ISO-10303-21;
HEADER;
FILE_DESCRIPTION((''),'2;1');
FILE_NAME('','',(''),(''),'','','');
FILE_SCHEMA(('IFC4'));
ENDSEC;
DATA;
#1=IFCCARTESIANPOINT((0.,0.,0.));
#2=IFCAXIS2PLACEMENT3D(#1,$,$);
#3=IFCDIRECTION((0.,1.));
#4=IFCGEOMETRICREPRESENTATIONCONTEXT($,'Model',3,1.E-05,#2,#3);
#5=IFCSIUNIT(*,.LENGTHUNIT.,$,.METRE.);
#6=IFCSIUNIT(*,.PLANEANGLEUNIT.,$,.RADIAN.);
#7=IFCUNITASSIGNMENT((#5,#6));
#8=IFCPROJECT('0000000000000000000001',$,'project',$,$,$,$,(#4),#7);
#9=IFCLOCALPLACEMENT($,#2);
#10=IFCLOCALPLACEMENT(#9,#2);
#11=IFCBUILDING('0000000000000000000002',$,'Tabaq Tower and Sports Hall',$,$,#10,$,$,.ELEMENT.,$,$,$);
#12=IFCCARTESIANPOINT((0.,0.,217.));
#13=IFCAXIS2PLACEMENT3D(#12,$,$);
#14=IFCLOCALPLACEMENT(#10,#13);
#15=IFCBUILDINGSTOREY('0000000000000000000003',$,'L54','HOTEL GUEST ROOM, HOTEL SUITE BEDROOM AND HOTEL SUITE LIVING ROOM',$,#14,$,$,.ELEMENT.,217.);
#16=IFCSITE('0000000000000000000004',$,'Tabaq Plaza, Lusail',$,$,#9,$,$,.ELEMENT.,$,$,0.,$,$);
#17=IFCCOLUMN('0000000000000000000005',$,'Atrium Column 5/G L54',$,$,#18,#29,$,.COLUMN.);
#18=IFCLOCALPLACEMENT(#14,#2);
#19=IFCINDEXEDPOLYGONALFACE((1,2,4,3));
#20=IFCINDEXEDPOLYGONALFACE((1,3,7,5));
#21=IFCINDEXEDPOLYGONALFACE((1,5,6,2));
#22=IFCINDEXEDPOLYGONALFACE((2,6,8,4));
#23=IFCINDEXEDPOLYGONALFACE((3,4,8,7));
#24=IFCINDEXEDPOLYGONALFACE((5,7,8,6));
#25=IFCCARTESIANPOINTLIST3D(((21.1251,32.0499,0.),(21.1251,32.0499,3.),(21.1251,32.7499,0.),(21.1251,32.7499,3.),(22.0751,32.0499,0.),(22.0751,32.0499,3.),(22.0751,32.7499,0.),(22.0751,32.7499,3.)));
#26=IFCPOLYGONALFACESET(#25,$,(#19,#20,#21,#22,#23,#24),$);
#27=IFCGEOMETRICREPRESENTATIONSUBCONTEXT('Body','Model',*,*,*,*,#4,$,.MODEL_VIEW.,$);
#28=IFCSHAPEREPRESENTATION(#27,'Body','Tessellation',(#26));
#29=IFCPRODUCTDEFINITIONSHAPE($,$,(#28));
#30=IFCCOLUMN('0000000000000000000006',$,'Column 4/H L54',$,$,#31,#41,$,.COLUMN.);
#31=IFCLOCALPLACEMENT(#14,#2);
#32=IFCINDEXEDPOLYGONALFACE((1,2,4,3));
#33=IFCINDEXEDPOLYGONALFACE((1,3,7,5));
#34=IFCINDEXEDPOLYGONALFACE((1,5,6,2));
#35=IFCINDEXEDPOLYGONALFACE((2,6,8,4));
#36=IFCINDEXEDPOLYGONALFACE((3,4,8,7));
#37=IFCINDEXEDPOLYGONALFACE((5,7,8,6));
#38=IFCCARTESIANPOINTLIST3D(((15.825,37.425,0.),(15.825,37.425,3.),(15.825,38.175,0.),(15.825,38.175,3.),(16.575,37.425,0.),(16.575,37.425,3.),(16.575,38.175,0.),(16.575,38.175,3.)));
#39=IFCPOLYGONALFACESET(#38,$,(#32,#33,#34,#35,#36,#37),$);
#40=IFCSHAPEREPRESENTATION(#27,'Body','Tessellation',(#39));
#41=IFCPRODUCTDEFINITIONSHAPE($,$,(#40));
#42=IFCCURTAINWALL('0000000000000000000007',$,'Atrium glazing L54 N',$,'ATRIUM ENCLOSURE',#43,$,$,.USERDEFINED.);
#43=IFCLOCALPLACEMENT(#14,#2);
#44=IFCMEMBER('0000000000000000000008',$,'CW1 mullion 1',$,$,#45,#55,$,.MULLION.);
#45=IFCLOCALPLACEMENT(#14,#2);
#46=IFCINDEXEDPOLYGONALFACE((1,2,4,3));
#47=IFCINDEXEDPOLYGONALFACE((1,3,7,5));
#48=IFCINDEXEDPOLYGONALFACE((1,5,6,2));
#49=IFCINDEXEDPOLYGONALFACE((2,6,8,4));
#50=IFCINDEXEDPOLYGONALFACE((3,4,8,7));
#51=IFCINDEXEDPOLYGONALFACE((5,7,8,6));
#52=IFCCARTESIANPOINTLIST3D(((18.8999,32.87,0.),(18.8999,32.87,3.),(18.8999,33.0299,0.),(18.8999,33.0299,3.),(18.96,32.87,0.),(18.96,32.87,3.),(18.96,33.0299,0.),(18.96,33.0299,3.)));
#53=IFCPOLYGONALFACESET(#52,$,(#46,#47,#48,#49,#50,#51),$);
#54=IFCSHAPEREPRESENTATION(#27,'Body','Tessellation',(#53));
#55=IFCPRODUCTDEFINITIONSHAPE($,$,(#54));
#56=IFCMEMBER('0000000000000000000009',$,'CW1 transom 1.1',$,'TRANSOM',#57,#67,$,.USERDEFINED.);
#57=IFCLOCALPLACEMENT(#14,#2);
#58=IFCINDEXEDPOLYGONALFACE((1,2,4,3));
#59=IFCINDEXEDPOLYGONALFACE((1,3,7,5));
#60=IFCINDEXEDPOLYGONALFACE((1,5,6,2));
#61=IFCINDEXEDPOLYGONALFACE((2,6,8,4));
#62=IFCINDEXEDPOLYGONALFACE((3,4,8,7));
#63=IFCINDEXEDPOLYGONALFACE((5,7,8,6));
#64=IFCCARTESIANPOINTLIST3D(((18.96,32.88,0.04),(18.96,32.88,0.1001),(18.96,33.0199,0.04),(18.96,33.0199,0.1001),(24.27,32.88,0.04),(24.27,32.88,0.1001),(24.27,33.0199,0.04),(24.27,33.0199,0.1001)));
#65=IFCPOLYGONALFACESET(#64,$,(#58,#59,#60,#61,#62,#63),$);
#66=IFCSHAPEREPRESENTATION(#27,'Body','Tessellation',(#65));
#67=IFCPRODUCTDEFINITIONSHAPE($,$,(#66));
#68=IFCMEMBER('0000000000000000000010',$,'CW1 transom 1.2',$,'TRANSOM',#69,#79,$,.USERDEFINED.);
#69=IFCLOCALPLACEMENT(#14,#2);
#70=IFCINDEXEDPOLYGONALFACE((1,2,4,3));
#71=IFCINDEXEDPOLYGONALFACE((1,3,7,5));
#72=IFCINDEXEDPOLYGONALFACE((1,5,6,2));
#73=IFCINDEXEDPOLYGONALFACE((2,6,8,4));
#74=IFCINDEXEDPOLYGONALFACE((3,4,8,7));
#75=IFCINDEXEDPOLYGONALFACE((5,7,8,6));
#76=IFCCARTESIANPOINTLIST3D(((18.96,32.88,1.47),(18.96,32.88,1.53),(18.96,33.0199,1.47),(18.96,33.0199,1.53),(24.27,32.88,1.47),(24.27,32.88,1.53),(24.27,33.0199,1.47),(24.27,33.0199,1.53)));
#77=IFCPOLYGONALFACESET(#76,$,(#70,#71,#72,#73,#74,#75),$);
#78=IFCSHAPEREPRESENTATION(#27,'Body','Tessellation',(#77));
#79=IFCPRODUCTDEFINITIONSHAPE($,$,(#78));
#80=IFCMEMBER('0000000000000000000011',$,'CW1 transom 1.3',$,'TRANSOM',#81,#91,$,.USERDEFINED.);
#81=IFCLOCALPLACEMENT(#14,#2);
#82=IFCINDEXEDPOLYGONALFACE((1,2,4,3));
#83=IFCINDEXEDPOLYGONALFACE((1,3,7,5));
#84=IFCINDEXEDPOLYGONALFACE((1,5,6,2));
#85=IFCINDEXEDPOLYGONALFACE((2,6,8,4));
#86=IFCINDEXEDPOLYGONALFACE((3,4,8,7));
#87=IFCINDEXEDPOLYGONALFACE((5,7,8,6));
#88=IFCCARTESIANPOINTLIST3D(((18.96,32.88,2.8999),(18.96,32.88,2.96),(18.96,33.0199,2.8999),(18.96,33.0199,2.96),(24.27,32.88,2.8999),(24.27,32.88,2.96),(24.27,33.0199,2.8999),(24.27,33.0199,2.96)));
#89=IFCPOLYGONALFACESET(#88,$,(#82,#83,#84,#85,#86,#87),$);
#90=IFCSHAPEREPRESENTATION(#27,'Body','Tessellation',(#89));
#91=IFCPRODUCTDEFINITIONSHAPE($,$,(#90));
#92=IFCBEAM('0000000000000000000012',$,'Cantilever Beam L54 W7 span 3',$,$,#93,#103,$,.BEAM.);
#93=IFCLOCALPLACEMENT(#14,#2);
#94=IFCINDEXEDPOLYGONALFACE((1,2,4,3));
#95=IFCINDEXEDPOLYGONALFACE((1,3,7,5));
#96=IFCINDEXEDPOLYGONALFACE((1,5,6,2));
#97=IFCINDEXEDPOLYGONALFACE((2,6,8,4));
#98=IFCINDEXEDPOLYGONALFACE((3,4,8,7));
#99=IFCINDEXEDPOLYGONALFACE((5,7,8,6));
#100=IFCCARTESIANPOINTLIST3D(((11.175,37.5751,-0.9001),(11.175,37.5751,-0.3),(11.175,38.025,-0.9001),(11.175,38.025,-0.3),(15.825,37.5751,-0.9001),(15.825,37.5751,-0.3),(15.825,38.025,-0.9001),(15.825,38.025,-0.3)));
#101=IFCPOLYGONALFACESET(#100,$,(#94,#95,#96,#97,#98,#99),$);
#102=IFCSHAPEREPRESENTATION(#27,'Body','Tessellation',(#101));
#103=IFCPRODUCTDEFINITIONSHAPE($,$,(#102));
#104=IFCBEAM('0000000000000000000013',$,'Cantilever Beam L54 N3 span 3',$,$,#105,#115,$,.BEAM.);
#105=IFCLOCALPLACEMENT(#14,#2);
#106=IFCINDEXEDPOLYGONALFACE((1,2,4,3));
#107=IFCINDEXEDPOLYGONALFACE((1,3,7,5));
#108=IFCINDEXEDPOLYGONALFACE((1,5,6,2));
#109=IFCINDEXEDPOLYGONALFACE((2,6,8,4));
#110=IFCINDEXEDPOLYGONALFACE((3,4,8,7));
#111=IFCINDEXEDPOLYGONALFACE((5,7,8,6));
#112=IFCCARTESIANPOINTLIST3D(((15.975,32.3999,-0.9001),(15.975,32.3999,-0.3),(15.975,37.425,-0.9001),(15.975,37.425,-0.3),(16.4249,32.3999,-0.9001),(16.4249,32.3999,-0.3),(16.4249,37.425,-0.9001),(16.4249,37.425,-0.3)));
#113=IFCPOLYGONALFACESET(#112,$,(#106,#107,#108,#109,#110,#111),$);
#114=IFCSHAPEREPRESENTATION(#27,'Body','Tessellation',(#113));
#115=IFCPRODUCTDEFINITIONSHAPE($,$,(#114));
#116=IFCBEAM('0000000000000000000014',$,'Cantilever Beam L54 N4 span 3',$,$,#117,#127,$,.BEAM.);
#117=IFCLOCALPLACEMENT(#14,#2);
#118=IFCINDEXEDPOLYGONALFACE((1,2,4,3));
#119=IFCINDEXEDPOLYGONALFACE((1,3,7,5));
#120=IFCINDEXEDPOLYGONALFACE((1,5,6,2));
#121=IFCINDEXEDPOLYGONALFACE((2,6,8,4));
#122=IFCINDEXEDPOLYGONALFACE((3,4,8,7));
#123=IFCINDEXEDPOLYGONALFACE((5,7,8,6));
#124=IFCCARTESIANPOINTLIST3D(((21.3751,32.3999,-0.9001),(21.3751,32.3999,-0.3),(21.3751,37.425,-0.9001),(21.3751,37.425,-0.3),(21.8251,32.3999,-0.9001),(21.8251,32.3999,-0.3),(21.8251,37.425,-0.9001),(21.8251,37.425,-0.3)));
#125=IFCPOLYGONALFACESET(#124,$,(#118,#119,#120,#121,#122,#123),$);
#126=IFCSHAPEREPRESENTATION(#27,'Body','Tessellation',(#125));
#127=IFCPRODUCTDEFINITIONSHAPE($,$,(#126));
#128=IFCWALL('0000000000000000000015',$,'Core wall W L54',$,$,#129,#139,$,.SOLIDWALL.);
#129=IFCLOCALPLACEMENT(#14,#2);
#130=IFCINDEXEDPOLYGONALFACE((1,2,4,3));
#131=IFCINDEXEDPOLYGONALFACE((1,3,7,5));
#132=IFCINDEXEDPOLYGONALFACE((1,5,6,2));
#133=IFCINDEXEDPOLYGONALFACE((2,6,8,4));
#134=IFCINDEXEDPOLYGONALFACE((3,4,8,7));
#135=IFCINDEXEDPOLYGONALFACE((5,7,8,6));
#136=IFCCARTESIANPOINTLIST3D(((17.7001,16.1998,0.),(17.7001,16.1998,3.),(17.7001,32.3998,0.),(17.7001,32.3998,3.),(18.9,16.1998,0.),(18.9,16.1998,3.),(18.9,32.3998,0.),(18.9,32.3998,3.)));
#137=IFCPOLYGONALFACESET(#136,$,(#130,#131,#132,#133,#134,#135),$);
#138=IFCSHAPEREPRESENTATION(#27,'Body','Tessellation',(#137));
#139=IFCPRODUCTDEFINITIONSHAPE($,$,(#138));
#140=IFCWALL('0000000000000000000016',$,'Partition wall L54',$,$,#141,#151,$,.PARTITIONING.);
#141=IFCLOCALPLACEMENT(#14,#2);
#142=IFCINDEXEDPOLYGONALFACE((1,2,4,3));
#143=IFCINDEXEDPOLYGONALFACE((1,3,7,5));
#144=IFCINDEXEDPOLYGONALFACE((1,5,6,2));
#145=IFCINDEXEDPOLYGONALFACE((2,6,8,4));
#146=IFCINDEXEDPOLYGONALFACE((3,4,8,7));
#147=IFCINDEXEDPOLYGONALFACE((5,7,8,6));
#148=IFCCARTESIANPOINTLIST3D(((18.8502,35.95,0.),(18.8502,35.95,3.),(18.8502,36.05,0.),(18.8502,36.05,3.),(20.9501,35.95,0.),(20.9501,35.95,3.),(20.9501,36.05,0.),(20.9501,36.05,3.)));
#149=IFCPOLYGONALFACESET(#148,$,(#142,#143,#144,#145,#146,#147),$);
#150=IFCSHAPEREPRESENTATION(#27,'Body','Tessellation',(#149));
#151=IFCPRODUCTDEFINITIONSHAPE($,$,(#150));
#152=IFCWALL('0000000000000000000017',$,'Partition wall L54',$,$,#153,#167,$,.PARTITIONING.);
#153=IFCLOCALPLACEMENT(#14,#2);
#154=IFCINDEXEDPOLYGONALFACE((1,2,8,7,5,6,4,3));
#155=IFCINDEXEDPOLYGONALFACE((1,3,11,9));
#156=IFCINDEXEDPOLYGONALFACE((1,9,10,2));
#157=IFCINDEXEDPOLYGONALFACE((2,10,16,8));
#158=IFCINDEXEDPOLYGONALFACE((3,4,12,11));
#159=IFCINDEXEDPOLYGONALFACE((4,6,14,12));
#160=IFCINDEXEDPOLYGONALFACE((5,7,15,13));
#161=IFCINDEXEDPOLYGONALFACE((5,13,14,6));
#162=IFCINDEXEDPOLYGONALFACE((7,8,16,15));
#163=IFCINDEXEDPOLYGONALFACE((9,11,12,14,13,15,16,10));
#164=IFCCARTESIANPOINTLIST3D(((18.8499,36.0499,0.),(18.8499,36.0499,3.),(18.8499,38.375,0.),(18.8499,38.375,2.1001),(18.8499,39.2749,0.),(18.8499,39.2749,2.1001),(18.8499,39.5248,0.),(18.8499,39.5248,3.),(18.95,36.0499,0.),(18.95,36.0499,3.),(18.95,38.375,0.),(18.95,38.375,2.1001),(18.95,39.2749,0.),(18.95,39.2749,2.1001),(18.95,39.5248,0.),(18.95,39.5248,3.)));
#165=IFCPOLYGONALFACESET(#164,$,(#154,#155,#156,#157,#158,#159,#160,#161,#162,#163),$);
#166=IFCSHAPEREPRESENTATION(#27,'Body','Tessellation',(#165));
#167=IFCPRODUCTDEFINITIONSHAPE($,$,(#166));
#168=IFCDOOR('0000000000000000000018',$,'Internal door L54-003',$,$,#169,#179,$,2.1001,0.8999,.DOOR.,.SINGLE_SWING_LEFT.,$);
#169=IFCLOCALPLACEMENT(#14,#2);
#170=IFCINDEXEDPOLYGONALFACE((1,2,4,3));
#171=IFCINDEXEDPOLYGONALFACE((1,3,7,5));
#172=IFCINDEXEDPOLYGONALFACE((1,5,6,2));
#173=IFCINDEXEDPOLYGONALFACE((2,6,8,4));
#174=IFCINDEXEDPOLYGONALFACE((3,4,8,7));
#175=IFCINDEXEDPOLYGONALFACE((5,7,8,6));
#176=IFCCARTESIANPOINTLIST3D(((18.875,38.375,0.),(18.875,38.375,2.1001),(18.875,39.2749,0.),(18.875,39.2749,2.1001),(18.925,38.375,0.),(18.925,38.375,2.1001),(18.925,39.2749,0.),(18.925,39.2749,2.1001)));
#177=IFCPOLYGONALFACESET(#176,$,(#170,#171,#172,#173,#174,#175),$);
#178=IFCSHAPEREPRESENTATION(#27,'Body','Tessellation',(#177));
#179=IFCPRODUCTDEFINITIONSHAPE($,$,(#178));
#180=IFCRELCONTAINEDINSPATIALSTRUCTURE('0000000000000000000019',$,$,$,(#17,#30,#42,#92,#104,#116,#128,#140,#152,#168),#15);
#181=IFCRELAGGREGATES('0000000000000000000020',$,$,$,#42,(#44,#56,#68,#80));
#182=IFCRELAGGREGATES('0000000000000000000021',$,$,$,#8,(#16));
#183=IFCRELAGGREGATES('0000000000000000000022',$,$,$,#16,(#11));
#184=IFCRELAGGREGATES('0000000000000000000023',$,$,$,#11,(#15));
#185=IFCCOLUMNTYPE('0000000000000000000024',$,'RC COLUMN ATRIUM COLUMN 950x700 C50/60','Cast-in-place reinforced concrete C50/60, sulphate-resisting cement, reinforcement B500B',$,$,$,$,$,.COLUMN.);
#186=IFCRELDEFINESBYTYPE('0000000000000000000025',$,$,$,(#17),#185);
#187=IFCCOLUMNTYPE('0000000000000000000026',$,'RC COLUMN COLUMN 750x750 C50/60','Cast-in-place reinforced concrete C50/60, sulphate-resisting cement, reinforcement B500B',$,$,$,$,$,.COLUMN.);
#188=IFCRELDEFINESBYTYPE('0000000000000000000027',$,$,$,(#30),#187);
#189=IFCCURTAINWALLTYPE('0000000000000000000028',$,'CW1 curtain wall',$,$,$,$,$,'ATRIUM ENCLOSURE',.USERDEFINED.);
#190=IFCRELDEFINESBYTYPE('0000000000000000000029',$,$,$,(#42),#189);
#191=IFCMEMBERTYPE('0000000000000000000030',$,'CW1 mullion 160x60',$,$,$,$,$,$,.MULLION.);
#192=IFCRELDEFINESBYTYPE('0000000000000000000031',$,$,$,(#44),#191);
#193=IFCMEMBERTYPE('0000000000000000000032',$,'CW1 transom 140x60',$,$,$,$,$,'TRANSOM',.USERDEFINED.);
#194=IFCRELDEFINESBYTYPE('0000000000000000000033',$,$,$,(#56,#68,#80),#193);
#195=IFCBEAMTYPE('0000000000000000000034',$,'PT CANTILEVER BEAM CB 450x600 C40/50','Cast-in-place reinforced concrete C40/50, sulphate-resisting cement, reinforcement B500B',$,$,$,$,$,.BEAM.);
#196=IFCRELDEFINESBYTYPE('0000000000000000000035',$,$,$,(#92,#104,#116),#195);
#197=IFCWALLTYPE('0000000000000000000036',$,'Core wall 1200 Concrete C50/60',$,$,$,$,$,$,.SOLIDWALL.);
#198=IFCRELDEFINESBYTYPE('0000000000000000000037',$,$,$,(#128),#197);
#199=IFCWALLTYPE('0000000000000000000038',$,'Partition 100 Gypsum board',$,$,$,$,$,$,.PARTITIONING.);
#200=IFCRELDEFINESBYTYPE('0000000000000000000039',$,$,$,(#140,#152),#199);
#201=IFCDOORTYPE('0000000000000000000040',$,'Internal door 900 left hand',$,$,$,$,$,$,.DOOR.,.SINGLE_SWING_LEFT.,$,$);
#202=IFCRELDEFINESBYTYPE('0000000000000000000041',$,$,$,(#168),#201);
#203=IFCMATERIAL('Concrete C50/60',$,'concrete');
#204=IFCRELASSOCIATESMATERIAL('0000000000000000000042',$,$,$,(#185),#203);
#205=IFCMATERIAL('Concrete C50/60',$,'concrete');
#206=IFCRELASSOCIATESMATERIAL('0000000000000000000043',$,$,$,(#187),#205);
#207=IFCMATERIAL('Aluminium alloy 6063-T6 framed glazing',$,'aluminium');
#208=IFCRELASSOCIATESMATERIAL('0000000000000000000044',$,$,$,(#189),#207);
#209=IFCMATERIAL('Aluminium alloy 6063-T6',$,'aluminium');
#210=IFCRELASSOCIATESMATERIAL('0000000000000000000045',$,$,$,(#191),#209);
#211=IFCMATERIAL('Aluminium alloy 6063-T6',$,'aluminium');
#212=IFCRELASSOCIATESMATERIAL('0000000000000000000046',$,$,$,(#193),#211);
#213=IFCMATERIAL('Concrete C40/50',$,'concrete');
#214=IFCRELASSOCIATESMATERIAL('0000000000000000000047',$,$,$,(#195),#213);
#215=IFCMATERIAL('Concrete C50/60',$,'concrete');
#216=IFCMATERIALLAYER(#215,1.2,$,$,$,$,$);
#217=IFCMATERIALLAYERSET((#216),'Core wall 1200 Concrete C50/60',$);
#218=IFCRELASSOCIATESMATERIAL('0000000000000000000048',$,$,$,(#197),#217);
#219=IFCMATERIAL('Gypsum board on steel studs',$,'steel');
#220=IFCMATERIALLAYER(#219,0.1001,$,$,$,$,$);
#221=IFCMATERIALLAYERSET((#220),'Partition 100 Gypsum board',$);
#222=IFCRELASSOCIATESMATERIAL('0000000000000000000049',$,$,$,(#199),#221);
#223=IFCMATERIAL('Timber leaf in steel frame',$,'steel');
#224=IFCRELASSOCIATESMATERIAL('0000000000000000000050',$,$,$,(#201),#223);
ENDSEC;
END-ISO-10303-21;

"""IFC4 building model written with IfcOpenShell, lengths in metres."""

from ifc_helpers import new_model, si_unit, direction, frame, frame_2d, origin, origin_2d, place, context, subcontext, project, spatial, rectangle, extrude, material, layer, layer_set, material_profile, profile_set, type_object, element, fill, aggregate, save


model = new_model("IFC4")

# Units and contexts
model_context = context("Model", 3, precision=1e-05, world=origin(), true_north=direction((0.0, 1.0)))
body_context = subcontext(model_context, "Body", "Model", "MODEL_VIEW")
ifc_project = project(units=[si_unit("LENGTHUNIT", "METRE"), si_unit("PLANEANGLEUNIT", "RADIAN")], contexts=[model_context])

# Site, building, storey
site_placement = place(None, origin())
site = spatial("IfcSite", under=ifc_project, at=site_placement, Name="Tabaq Plaza, Lusail", CompositionType="ELEMENT", RefElevation=0.0)
building_placement = place(site_placement, origin())
building = spatial("IfcBuilding", under=site, at=building_placement, Name="Tabaq Tower and Sports Hall", CompositionType="ELEMENT")
storey_placement = place(building_placement, frame((0.0, 0.0, 217.0)))
storey = spatial("IfcBuildingStorey", under=building, at=storey_placement, Name="L54", Description="HOTEL GUEST ROOM, HOTEL SUITE BEDROOM AND HOTEL SUITE LIVING ROOM", CompositionType="ELEMENT", Elevation=217.0)

# Columns
ifc_material_1 = material(Name="Concrete C50/60", Category="concrete")
ifc_material_profile_1 = material_profile(ifc_material_1, rectangle(XDim=0.95, YDim=0.7, at=origin_2d()), Name="ATRIUM COLUMN 950x700")
ifc_profile_set_1 = profile_set([ifc_material_profile_1], Name="Concrete C50/60")
column_type_1 = type_object("IfcColumnType", Name="RC COLUMN ATRIUM COLUMN 950x700 C50/60", Description="Cast-in-place reinforced concrete C50/60, sulphate-resisting cement, reinforcement B500B", PredefinedType="COLUMN", material=ifc_profile_set_1)
column_1_placement = place(storey_placement, frame((21.6001, 32.3999, 0.0), z_axis=(0.0, 0.0, 1.0), x_axis=(1.0, 0.0, 0.0)))
element("IfcColumn", 1, at=column_1_placement, inside=storey, type_object=column_type_1, Name="Atrium Column 5/G L54", PredefinedType="COLUMN", context=body_context, shape_type="SweptSolid", body=[
    extrude(rectangle(XDim=0.95, YDim=0.7, at=origin_2d()), origin(), (0.0, 0.0, 1.0), 3.0),
])
ifc_material_2 = material(Name="Concrete C50/60", Category="concrete")
ifc_material_profile_2 = material_profile(ifc_material_2, rectangle(XDim=0.75, YDim=0.75, at=origin_2d()), Name="COLUMN 750x750")
ifc_profile_set_2 = profile_set([ifc_material_profile_2], Name="Concrete C50/60")
column_type_2 = type_object("IfcColumnType", Name="RC COLUMN COLUMN 750x750 C50/60", Description="Cast-in-place reinforced concrete C50/60, sulphate-resisting cement, reinforcement B500B", PredefinedType="COLUMN", material=ifc_profile_set_2)
column_2_placement = place(storey_placement, frame((16.2, 37.8, 0.0), z_axis=(0.0, 0.0, 1.0), x_axis=(1.0, 0.0, 0.0)))
element("IfcColumn", 2, at=column_2_placement, inside=storey, type_object=column_type_2, Name="Column 4/H L54", PredefinedType="COLUMN", context=body_context, shape_type="SweptSolid", body=[
    extrude(rectangle(XDim=0.75, YDim=0.75, at=origin_2d()), origin(), (0.0, 0.0, 1.0), 3.0),
])

# Curtain wall, members
ifc_material_3 = material(Name="Aluminium alloy 6063-T6 framed glazing", Category="aluminium")
curtain_wall_type = type_object("IfcCurtainWallType", Name="CW1 curtain wall", ElementType="ATRIUM ENCLOSURE", PredefinedType="USERDEFINED", material=ifc_material_3)
curtain_wall_placement = place(storey_placement, origin())
curtain_wall = element("IfcCurtainWall", 3, at=curtain_wall_placement, inside=storey, type_object=curtain_wall_type, Name="Atrium glazing L54 N", ObjectType="ATRIUM ENCLOSURE", PredefinedType="USERDEFINED")
ifc_material_4 = material(Name="Aluminium alloy 6063-T6", Category="aluminium")
ifc_material_profile_3 = material_profile(ifc_material_4, rectangle(XDim=0.1599, YDim=0.0601, at=origin_2d()), Name="MULLION 160x60")
ifc_profile_set_3 = profile_set([ifc_material_profile_3], Name="Aluminium alloy 6063-T6")
member_type_1 = type_object("IfcMemberType", Name="CW1 mullion 160x60", PredefinedType="MULLION", material=ifc_profile_set_3)
member_1_placement = place(storey_placement, frame((18.9299, 32.95, 0.0), z_axis=(0.0, 0.0, 1.0), x_axis=(0.0, 1.0, 0.0)))
member_1 = element("IfcMember", 4, at=member_1_placement, type_object=member_type_1, Name="CW1 mullion 1", PredefinedType="MULLION", context=body_context, shape_type="SweptSolid", body=[
    extrude(rectangle(XDim=0.1599, YDim=0.0601, at=origin_2d()), origin(), (0.0, 0.0, 1.0), 3.0),
])
ifc_material_5 = material(Name="Aluminium alloy 6063-T6", Category="aluminium")
ifc_material_profile_4 = material_profile(ifc_material_5, rectangle(XDim=0.1399, YDim=0.0601, at=origin_2d()), Name="TRANSOM 140x60")
ifc_profile_set_4 = profile_set([ifc_material_profile_4], Name="Aluminium alloy 6063-T6")
member_type_2 = type_object("IfcMemberType", Name="CW1 transom 140x60", ElementType="TRANSOM", PredefinedType="USERDEFINED", material=ifc_profile_set_4)
member_2_placement = place(storey_placement, frame((18.96, 32.95, 0.0701), z_axis=(1.0, 0.0, 0.0), x_axis=(0.0, 1.0, 0.0)))
member_2 = element("IfcMember", 5, at=member_2_placement, type_object=member_type_2, Name="CW1 transom 1.1", ObjectType="TRANSOM", PredefinedType="USERDEFINED", context=body_context, shape_type="SweptSolid", body=[
    extrude(rectangle(XDim=0.1399, YDim=0.0601, at=origin_2d()), origin(), (0.0, 0.0, 1.0), 5.3101),
])
member_3_placement = place(storey_placement, frame((18.96, 32.95, 1.5), z_axis=(1.0, 0.0, 0.0), x_axis=(0.0, 1.0, 0.0)))
member_3 = element("IfcMember", 6, at=member_3_placement, type_object=member_type_2, Name="CW1 transom 1.2", ObjectType="TRANSOM", PredefinedType="USERDEFINED", context=body_context, shape_type="SweptSolid", body=[
    extrude(rectangle(XDim=0.1399, YDim=0.0601, at=origin_2d()), origin(), (0.0, 0.0, 1.0), 5.3101),
])
member_4_placement = place(storey_placement, frame((18.96, 32.95, 2.9299), z_axis=(1.0, 0.0, 0.0), x_axis=(0.0, 1.0, 0.0)))
member_4 = element("IfcMember", 7, at=member_4_placement, type_object=member_type_2, Name="CW1 transom 1.3", ObjectType="TRANSOM", PredefinedType="USERDEFINED", context=body_context, shape_type="SweptSolid", body=[
    extrude(rectangle(XDim=0.1399, YDim=0.0601, at=origin_2d()), origin(), (0.0, 0.0, 1.0), 5.3101),
])
aggregate(curtain_wall, [member_1, member_2, member_3, member_4])

# Beams
ifc_material_6 = material(Name="Concrete C40/50", Category="concrete")
ifc_material_profile_5 = material_profile(ifc_material_6, rectangle(XDim=0.45, YDim=0.6001, at=origin_2d()), Name="CB 450x600")
ifc_profile_set_5 = profile_set([ifc_material_profile_5], Name="Concrete C40/50")
beam_type = type_object("IfcBeamType", Name="PT CANTILEVER BEAM CB 450x600 C40/50", Description="Cast-in-place reinforced concrete C40/50, sulphate-resisting cement, reinforcement B500B", PredefinedType="BEAM", material=ifc_profile_set_5)
beam_placement = place(storey_placement, frame((11.175, 37.8, -0.6001), z_axis=(1.0, 0.0, 0.0), x_axis=(0.0, 1.0, 0.0)))
element("IfcBeam", 8, at=beam_placement, inside=storey, type_object=beam_type, Name="Cantilever Beam L54 W7 span 3", PredefinedType="BEAM", context=body_context, shape_type="SweptSolid", body=[
    extrude(rectangle(XDim=0.45, YDim=0.6001, at=origin_2d()), origin(), (0.0, 0.0, 1.0), 4.6499),
])
for number, where, z_axis, x_axis, name in (
    (9, (16.2, 37.425, -0.6001), (0.0, -1.0, 0.0), (1.0, 0.0, 0.0), "Cantilever Beam L54 N3 span 3"),
    (10, (21.6001, 37.425, -0.6001), (0.0, -1.0, 0.0), (1.0, 0.0, 0.0), "Cantilever Beam L54 N4 span 3"),
):
    element("IfcBeam", number, at=place(storey_placement, frame(where, z_axis=z_axis, x_axis=x_axis)), inside=storey, type_object=beam_type, Name=name, PredefinedType="BEAM", context=body_context, shape_type="SweptSolid", body=[
        extrude(rectangle(XDim=0.45, YDim=0.6001, at=origin_2d()), origin(), (0.0, 0.0, 1.0), 5.0251),
    ])

# Walls
ifc_material_7 = material(Name="Concrete C50/60", Category="concrete")
ifc_layer_1 = layer(ifc_material_7, 1.2)
ifc_layer_set_1 = layer_set([ifc_layer_1], Name="Core wall 1200 Concrete C50/60")
wall_type_1 = type_object("IfcWallType", Name="Core wall 1200 Concrete C50/60", PredefinedType="SOLIDWALL", material=ifc_layer_set_1)
wall_1_placement = place(storey_placement, frame((18.3, 32.3999, 0.0), z_axis=(0.0, 0.0, 1.0), x_axis=(0.0, -1.0, 0.0)))
element("IfcWall", 11, at=wall_1_placement, inside=storey, type_object=wall_type_1, Name="Core wall W L54", PredefinedType="SOLIDWALL", context=body_context, shape_type="SweptSolid", body=[
    extrude(rectangle(XDim=16.2, YDim=1.2, at=frame_2d((8.1001, 0.0))), origin(), (0.0, 0.0, 1.0), 3.0),
])
ifc_material_8 = material(Name="Gypsum board on steel studs", Category="steel")
ifc_layer_2 = layer(ifc_material_8, 0.1001)
ifc_layer_set_2 = layer_set([ifc_layer_2], Name="Partition 100 Gypsum board")
wall_type_2 = type_object("IfcWallType", Name="Partition 100 Gypsum board", PredefinedType="PARTITIONING", material=ifc_layer_set_2)
wall_2_placement = place(storey_placement, frame((20.95, 36.0, 0.0), z_axis=(0.0, 0.0, 1.0), x_axis=(-1.0, 0.0, 0.0)))
element("IfcWall", 12, at=wall_2_placement, inside=storey, type_object=wall_type_2, Name="Partition wall L54", PredefinedType="PARTITIONING", context=body_context, shape_type="SweptSolid", body=[
    extrude(rectangle(XDim=2.0999, YDim=0.1001, at=frame_2d((1.0498, 0.0))), origin(), (0.0, 0.0, 1.0), 3.0),
])

# Wall, opening, door
wall_3_placement = place(storey_placement, frame((18.8999, 36.05, 0.0), z_axis=(0.0, 0.0, 1.0), x_axis=(0.0, 1.0, 0.0)))
wall_3 = element("IfcWall", 13, at=wall_3_placement, inside=storey, type_object=wall_type_2, Name="Partition wall L54", PredefinedType="PARTITIONING", context=body_context, shape_type="SweptSolid", body=[
    extrude(rectangle(XDim=3.4749, YDim=0.1001, at=frame_2d((1.7373, 0.0))), origin(), (0.0, 0.0, 1.0), 3.0),
])
opening_1_placement = place(wall_3_placement, frame((2.325, 0.0, 0.0)))
opening_1 = element("IfcOpeningElement", 14, at=opening_1_placement, cuts=wall_3, PredefinedType="OPENING", context=body_context, shape_type="SweptSolid", body=[
    extrude(rectangle(XDim=0.8999, YDim=2.1001, at=frame_2d((0.45, 1.05))), frame((0.0, 0.05, 0.0), z_axis=(0.0, -1.0, 0.0), x_axis=(1.0, 0.0, 0.0)), (0.0, 0.0, 1.0), 0.1001),
])
ifc_material_9 = material(Name="Timber leaf in steel frame", Category="steel")
door_type_1 = type_object("IfcDoorType", Name="Internal door 900 left hand", OperationType="SINGLE_SWING_LEFT", PredefinedType="DOOR", material=ifc_material_9)
door_1_placement = place(opening_1_placement, origin())
door_1 = element("IfcDoor", 15, at=door_1_placement, inside=storey, type_object=door_type_1, Name="Internal door L54-003", OperationType="SINGLE_SWING_LEFT", OverallHeight=2.1001, OverallWidth=0.8999, PredefinedType="DOOR", context=body_context, shape_type="SweptSolid", body=[
    extrude(rectangle(XDim=0.8999, YDim=2.1001, at=frame_2d((0.45, 1.05))), frame((0.0, 0.0249, 0.0), z_axis=(0.0, -1.0, 0.0), x_axis=(1.0, 0.0, 0.0)), (0.0, 0.0, 1.0), 0.05),
])
fill(opening_1, door_1)

save(model, "model.ifc")
